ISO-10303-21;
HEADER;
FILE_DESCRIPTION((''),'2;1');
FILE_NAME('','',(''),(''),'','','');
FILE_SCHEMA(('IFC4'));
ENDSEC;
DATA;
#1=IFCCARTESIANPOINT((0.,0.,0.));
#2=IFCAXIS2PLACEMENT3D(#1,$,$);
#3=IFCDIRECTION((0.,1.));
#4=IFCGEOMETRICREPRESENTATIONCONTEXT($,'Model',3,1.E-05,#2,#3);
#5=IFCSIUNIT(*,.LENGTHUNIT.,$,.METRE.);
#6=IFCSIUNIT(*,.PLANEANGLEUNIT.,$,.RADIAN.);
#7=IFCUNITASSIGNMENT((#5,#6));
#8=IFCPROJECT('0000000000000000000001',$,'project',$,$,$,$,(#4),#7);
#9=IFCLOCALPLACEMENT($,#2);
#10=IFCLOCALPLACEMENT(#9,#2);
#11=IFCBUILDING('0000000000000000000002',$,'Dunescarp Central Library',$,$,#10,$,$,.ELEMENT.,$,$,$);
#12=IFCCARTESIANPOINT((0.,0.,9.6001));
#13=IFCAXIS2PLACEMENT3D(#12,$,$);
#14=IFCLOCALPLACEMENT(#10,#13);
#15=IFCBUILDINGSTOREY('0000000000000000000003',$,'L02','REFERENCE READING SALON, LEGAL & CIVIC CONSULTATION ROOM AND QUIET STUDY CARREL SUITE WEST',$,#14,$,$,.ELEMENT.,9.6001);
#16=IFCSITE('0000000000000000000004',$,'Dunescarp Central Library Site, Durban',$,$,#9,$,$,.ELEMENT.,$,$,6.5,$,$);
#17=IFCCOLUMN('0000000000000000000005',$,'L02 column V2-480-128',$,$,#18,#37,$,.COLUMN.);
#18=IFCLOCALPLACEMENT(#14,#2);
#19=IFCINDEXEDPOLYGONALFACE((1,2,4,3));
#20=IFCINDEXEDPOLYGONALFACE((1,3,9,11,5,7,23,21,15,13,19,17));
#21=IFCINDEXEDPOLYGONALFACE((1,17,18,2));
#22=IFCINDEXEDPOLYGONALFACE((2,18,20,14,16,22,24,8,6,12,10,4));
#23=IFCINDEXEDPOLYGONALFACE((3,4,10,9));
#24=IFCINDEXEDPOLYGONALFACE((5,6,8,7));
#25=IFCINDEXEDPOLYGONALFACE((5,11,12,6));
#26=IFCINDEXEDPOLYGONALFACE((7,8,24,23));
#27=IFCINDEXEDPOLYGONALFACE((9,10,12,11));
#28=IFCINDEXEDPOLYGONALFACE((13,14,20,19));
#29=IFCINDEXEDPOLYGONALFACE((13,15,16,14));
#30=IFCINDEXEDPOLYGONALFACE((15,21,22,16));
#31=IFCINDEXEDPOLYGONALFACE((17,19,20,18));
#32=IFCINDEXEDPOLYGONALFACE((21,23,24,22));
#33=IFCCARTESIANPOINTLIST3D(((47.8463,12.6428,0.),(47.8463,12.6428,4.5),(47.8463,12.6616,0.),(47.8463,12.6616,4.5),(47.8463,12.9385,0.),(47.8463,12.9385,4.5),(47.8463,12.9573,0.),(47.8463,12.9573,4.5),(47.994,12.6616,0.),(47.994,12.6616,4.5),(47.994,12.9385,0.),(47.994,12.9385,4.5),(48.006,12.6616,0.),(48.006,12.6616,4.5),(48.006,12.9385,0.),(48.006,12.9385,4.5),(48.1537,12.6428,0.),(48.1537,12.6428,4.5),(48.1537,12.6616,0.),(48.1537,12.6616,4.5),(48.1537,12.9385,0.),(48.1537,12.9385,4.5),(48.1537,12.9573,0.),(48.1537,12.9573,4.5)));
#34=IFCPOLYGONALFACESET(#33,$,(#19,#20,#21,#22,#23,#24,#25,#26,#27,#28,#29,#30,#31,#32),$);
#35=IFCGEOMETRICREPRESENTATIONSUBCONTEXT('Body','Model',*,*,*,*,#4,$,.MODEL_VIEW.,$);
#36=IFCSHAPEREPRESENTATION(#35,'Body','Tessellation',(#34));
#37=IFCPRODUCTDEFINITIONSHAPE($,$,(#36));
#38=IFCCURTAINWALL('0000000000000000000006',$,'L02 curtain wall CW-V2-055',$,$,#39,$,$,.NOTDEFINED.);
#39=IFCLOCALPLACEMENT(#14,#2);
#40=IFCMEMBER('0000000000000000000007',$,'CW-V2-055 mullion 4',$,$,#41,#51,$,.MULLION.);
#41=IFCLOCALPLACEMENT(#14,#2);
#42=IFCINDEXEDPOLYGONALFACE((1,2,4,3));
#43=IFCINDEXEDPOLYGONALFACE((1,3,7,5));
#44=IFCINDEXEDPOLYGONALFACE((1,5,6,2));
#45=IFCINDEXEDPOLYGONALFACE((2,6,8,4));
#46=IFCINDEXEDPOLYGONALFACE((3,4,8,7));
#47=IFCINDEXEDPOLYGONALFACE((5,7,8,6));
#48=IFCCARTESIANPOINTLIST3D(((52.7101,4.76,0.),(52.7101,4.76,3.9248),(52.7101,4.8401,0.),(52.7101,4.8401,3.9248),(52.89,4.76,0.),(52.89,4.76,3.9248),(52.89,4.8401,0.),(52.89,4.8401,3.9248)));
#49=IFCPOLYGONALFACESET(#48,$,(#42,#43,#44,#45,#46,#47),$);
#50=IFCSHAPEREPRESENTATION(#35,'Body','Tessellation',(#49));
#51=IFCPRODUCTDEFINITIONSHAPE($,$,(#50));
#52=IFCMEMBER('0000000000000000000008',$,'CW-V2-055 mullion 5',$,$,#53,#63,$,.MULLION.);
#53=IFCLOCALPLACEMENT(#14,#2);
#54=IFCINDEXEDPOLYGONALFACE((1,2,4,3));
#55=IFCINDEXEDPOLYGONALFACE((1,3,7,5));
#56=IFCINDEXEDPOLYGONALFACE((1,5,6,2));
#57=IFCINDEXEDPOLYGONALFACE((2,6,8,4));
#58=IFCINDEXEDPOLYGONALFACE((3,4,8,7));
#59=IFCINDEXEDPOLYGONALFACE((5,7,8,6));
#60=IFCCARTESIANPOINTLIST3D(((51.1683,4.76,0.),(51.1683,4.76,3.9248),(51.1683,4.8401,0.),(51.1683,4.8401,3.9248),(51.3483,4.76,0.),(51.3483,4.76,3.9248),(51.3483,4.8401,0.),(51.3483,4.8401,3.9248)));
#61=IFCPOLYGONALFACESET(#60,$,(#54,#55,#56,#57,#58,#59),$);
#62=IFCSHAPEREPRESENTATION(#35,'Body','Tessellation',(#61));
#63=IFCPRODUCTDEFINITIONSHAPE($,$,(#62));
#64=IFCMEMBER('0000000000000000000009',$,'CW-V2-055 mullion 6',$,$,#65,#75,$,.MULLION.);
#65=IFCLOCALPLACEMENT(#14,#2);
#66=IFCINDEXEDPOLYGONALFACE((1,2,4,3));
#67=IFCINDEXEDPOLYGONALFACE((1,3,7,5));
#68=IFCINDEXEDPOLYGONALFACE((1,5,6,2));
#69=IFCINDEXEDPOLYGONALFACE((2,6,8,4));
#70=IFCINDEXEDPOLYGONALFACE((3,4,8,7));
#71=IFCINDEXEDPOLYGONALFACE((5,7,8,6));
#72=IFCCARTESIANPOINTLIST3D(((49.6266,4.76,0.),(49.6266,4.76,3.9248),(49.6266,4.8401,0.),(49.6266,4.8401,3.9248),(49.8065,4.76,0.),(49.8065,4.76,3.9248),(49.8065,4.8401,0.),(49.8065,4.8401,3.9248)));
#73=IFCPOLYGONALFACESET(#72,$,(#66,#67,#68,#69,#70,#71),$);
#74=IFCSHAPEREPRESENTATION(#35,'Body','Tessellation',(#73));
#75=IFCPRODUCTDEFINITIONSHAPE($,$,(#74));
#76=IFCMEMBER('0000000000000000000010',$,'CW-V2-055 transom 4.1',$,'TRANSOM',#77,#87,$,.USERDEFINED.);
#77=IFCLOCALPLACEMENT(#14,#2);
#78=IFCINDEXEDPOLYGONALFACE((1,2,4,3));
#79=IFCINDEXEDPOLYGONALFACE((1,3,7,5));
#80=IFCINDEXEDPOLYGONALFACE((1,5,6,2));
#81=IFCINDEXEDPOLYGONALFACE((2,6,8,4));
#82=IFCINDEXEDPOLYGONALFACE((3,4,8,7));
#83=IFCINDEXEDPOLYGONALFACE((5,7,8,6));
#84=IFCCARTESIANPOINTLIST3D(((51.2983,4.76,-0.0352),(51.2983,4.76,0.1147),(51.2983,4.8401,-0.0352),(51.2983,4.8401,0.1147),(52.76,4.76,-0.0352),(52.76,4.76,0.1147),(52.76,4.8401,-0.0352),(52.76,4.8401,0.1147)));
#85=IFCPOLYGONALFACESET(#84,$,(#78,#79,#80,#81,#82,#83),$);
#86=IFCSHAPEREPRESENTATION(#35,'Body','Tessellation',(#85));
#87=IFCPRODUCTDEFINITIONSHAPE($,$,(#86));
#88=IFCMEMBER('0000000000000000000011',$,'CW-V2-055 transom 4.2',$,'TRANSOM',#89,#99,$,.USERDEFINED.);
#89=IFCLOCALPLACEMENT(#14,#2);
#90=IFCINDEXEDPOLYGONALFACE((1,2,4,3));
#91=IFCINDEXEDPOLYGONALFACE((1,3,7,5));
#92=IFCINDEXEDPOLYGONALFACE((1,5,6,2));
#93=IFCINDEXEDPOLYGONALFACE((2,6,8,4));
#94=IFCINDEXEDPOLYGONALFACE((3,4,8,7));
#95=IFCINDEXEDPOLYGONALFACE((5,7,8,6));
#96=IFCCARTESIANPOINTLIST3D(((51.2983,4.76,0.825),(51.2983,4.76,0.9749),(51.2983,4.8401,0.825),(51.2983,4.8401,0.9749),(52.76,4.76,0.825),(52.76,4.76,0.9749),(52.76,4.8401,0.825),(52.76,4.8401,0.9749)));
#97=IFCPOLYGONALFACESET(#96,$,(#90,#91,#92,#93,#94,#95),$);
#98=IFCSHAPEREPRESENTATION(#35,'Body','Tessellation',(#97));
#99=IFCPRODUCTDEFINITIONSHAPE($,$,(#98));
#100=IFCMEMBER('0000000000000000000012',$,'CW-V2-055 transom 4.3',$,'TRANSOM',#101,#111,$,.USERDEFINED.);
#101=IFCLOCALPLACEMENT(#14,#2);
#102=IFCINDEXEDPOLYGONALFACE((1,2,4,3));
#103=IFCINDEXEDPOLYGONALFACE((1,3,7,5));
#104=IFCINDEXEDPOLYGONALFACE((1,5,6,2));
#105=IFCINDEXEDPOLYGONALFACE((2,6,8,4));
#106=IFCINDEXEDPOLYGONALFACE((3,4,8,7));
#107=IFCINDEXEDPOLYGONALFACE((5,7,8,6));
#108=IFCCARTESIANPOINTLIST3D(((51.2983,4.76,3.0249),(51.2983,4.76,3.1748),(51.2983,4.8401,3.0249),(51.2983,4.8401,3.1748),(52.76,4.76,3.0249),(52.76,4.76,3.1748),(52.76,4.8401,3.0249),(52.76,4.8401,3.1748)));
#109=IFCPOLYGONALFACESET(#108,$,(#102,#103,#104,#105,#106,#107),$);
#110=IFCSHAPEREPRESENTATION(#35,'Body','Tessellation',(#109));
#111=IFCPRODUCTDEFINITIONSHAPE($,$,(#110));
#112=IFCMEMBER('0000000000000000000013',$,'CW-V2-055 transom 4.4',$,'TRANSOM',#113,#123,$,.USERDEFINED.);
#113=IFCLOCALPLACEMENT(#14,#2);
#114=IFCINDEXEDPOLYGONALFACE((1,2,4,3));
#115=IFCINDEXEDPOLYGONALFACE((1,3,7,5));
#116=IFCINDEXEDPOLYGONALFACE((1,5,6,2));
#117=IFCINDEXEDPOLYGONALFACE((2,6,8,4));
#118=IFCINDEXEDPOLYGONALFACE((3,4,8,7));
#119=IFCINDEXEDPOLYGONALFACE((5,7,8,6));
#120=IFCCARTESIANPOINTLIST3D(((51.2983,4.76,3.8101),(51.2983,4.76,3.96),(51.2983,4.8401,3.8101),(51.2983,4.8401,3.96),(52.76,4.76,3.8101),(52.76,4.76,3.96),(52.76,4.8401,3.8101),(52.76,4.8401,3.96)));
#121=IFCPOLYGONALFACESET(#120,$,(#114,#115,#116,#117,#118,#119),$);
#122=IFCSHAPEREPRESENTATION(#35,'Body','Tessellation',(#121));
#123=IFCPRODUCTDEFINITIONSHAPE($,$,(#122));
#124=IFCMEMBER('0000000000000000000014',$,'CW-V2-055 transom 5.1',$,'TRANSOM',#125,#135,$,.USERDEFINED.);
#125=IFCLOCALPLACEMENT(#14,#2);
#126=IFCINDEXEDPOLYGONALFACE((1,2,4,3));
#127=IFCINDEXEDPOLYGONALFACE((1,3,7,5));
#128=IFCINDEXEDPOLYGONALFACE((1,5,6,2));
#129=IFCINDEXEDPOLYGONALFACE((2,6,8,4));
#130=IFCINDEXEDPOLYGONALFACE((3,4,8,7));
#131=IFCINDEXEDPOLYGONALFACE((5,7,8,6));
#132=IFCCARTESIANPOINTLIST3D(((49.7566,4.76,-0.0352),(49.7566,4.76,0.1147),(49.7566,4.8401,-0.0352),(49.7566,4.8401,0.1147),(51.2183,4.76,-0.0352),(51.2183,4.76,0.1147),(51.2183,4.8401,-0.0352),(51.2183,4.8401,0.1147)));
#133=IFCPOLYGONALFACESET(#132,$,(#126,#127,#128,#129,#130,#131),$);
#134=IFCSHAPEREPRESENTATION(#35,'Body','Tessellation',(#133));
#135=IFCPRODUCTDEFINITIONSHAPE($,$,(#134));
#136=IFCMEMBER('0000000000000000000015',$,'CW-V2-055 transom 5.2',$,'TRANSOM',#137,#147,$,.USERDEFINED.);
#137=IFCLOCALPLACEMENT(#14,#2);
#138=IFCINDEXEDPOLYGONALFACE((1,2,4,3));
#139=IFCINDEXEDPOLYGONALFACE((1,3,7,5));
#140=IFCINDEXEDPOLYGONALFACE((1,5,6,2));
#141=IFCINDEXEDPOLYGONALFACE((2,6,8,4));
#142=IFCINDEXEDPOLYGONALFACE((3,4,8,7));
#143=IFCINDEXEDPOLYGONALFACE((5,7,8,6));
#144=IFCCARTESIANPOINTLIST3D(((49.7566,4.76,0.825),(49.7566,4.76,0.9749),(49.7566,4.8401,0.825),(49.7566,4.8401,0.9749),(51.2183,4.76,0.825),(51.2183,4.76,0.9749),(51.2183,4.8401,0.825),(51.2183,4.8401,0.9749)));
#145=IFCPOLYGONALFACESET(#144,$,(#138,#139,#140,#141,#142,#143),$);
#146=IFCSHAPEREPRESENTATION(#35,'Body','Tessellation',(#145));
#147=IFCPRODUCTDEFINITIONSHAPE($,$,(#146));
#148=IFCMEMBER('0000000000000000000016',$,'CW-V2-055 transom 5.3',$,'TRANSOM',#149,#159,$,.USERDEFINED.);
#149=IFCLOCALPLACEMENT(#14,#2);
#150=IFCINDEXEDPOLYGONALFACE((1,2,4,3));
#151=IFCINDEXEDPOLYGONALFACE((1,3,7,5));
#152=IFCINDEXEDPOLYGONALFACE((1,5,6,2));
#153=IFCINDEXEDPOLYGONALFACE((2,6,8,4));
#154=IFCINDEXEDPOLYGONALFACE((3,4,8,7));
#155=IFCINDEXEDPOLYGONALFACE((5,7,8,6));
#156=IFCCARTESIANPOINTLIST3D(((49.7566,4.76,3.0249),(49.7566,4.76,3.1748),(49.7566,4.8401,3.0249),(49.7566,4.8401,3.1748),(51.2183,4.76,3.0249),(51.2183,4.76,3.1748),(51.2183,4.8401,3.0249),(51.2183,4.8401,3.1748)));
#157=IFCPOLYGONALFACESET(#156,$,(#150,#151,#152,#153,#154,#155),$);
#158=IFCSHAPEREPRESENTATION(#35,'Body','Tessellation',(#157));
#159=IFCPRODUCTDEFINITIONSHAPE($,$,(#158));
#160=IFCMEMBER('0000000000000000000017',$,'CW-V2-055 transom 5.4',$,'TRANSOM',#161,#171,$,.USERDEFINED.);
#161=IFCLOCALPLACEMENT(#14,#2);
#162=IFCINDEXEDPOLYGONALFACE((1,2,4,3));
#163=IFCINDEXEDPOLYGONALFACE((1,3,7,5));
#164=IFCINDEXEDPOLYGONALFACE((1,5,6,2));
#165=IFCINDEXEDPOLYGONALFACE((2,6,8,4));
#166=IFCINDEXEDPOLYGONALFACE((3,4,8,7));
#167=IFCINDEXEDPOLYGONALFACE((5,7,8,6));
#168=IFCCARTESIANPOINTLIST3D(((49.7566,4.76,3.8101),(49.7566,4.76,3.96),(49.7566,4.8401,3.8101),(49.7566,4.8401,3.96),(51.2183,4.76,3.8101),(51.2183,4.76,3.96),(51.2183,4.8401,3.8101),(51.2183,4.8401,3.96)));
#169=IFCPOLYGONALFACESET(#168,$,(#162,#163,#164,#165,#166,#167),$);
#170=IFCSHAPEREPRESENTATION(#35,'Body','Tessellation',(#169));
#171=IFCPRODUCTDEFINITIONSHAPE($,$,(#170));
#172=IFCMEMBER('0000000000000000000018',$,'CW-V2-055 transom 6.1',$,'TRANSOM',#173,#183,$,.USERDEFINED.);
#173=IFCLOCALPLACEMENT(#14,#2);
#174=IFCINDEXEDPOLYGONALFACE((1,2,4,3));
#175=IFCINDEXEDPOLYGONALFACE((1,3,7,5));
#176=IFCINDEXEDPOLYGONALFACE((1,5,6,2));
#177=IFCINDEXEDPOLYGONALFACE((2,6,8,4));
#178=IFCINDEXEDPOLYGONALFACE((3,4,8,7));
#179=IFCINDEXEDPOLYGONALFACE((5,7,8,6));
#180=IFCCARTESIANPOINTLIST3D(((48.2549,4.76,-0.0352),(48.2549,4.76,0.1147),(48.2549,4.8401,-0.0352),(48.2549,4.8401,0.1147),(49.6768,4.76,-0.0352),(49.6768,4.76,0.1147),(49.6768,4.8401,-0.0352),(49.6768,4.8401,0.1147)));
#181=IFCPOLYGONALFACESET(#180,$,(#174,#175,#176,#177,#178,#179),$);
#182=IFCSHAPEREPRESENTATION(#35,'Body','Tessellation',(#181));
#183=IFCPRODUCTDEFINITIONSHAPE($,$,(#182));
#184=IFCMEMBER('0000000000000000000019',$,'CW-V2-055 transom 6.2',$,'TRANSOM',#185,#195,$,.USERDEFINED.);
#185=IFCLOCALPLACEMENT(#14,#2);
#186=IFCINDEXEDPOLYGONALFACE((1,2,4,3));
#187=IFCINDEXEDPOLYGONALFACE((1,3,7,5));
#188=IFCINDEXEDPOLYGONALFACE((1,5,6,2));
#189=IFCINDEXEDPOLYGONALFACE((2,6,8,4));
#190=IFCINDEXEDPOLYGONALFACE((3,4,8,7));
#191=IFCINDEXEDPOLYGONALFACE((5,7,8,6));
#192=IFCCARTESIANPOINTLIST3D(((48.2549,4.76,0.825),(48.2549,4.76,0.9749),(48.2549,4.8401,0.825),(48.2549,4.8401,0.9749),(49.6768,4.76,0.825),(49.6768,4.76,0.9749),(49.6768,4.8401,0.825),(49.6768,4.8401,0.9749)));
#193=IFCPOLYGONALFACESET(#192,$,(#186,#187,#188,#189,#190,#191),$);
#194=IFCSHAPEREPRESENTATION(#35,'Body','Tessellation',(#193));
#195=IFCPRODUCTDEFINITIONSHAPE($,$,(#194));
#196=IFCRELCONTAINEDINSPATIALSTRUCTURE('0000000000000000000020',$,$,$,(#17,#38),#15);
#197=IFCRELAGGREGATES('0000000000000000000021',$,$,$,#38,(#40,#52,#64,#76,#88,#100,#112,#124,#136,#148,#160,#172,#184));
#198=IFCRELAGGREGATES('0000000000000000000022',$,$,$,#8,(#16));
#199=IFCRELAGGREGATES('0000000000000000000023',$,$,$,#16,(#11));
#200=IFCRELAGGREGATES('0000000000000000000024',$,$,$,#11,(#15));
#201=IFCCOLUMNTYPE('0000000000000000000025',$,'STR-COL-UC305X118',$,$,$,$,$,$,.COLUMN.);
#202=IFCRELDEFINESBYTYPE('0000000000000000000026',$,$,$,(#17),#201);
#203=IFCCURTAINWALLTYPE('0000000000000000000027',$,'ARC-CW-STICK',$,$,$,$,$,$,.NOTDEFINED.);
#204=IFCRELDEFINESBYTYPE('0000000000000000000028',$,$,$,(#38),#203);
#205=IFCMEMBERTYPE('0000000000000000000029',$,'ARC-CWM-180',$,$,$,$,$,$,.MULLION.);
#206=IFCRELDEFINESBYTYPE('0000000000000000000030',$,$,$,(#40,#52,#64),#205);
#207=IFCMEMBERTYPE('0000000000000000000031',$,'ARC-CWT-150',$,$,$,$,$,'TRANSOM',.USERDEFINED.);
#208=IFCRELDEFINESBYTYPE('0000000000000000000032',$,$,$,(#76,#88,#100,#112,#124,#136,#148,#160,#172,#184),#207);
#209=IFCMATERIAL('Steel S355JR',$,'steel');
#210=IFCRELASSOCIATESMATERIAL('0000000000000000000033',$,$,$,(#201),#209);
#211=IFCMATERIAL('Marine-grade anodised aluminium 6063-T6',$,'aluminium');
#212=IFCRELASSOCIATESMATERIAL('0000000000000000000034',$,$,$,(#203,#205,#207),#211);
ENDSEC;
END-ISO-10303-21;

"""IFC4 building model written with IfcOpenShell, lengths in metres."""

from ifc_helpers import new_model, si_unit, direction, frame, origin, origin_2d, place, context, subcontext, project, spatial, rectangle, i_section, extrude, material, material_profile, profile_set, type_object, element, aggregate, save


model = new_model("IFC4")

# Units and contexts
model_context = context("Model", 3, precision=1e-05, world=origin(), true_north=direction((0.0, 1.0)))
body_context = subcontext(model_context, "Body", "Model", "MODEL_VIEW")
ifc_project = project(units=[si_unit("LENGTHUNIT", "METRE"), si_unit("PLANEANGLEUNIT", "RADIAN")], contexts=[model_context])

# Site, building, storey
site_placement = place(None, origin())
site = spatial("IfcSite", under=ifc_project, at=site_placement, Name="Dunescarp Central Library Site, Durban", CompositionType="ELEMENT", RefElevation=6.5)
building_placement = place(site_placement, origin())
building = spatial("IfcBuilding", under=site, at=building_placement, Name="Dunescarp Central Library", CompositionType="ELEMENT")
storey_placement = place(building_placement, frame((0.0, 0.0, 9.6001)))
storey = spatial("IfcBuildingStorey", under=building, at=storey_placement, Name="L02", Description="REFERENCE READING SALON, LEGAL & CIVIC CONSULTATION ROOM AND QUIET STUDY CARREL SUITE WEST", CompositionType="ELEMENT", Elevation=9.6001)

# Column
ifc_material_1 = material(Name="Steel S355JR", Category="steel")
ifc_material_profile_1 = material_profile(ifc_material_1, i_section(OverallWidth=0.3074, OverallDepth=0.3145, WebThickness=0.012, FlangeThickness=0.0188, at=origin_2d()), Name="UC 305x305x118")
ifc_profile_set_1 = profile_set([ifc_material_profile_1], Name="Steel S355JR")
column_type = type_object("IfcColumnType", Name="STR-COL-UC305X118", PredefinedType="COLUMN", material=ifc_profile_set_1)
column_placement = place(storey_placement, frame((48.0, 12.8, 0.0), z_axis=(0.0, 0.0, 1.0), x_axis=(1.0, 0.0, 0.0)))
element("IfcColumn", 1, at=column_placement, inside=storey, type_object=column_type, Name="L02 column V2-480-128", PredefinedType="COLUMN", context=body_context, shape_type="SweptSolid", body=[
    extrude(i_section(OverallWidth=0.3074, OverallDepth=0.3145, WebThickness=0.012, FlangeThickness=0.0188, at=origin_2d()), origin(), (0.0, 0.0, 1.0), 4.5),
])

# Curtain wall, members
ifc_material_2 = material(Name="Marine-grade anodised aluminium 6063-T6", Category="aluminium")
curtain_wall_type = type_object("IfcCurtainWallType", Name="ARC-CW-STICK", PredefinedType="NOTDEFINED", material=ifc_material_2)
curtain_wall_placement = place(storey_placement, origin())
curtain_wall = element("IfcCurtainWall", 2, at=curtain_wall_placement, inside=storey, type_object=curtain_wall_type, Name="L02 curtain wall CW-V2-055", PredefinedType="NOTDEFINED")
ifc_material_profile_2 = material_profile(ifc_material_2, rectangle(XDim=0.0801, YDim=0.1799, at=origin_2d()), Name="AL 80x180")
ifc_profile_set_2 = profile_set([ifc_material_profile_2], Name="Marine-grade anodised aluminium 6063-T6")
member_type_1 = type_object("IfcMemberType", Name="ARC-CWM-180", PredefinedType="MULLION", material=ifc_profile_set_2)
member_1_placement = place(storey_placement, frame((52.8, 4.8, 0.0), z_axis=(0.0, 0.0, 1.0), x_axis=(0.0, -1.0, 0.0)))
member_1 = element("IfcMember", 3, at=member_1_placement, type_object=member_type_1, Name="CW-V2-055 mullion 4", PredefinedType="MULLION", context=body_context, shape_type="SweptSolid", body=[
    extrude(rectangle(XDim=0.0801, YDim=0.1799, at=origin_2d()), origin(), (0.0, 0.0, 1.0), 3.9248),
])
member_2_placement = place(storey_placement, frame((51.2583, 4.8, 0.0), z_axis=(0.0, 0.0, 1.0), x_axis=(0.0, -1.0, 0.0)))
member_2 = element("IfcMember", 4, at=member_2_placement, type_object=member_type_1, Name="CW-V2-055 mullion 5", PredefinedType="MULLION", context=body_context, shape_type="SweptSolid", body=[
    extrude(rectangle(XDim=0.0801, YDim=0.1799, at=origin_2d()), origin(), (0.0, 0.0, 1.0), 3.9248),
])
member_3_placement = place(storey_placement, frame((49.7166, 4.8, 0.0), z_axis=(0.0, 0.0, 1.0), x_axis=(0.0, -1.0, 0.0)))
member_3 = element("IfcMember", 5, at=member_3_placement, type_object=member_type_1, Name="CW-V2-055 mullion 6", PredefinedType="MULLION", context=body_context, shape_type="SweptSolid", body=[
    extrude(rectangle(XDim=0.0801, YDim=0.1799, at=origin_2d()), origin(), (0.0, 0.0, 1.0), 3.9248),
])
ifc_material_profile_3 = material_profile(ifc_material_2, rectangle(XDim=0.0801, YDim=0.1499, at=origin_2d()), Name="AL 80x150")
ifc_profile_set_3 = profile_set([ifc_material_profile_3], Name="Marine-grade anodised aluminium 6063-T6")
member_type_2 = type_object("IfcMemberType", Name="ARC-CWT-150", ElementType="TRANSOM", PredefinedType="USERDEFINED", material=ifc_profile_set_3)
member_4_placement = place(storey_placement, frame((52.76, 4.8, 0.0398), z_axis=(-1.0, 0.0, 0.0), x_axis=(0.0, -1.0, 0.0)))
member_4 = element("IfcMember", 6, at=member_4_placement, type_object=member_type_2, Name="CW-V2-055 transom 4.1", ObjectType="TRANSOM", PredefinedType="USERDEFINED", context=body_context, shape_type="SweptSolid", body=[
    extrude(rectangle(XDim=0.0801, YDim=0.1499, at=origin_2d()), origin(), (0.0, 0.0, 1.0), 1.4617),
])
member_5_placement = place(storey_placement, frame((52.76, 4.8, 0.8999), z_axis=(-1.0, 0.0, 0.0), x_axis=(0.0, -1.0, 0.0)))
member_5 = element("IfcMember", 7, at=member_5_placement, type_object=member_type_2, Name="CW-V2-055 transom 4.2", ObjectType="TRANSOM", PredefinedType="USERDEFINED", context=body_context, shape_type="SweptSolid", body=[
    extrude(rectangle(XDim=0.0801, YDim=0.1499, at=origin_2d()), origin(), (0.0, 0.0, 1.0), 1.4617),
])
member_6_placement = place(storey_placement, frame((52.76, 4.8, 3.0999), z_axis=(-1.0, 0.0, 0.0), x_axis=(0.0, -1.0, 0.0)))
member_6 = element("IfcMember", 8, at=member_6_placement, type_object=member_type_2, Name="CW-V2-055 transom 4.3", ObjectType="TRANSOM", PredefinedType="USERDEFINED", context=body_context, shape_type="SweptSolid", body=[
    extrude(rectangle(XDim=0.0801, YDim=0.1499, at=origin_2d()), origin(), (0.0, 0.0, 1.0), 1.4617),
])
member_7_placement = place(storey_placement, frame((52.76, 4.8, 3.885), z_axis=(-1.0, 0.0, 0.0), x_axis=(0.0, -1.0, 0.0)))
member_7 = element("IfcMember", 9, at=member_7_placement, type_object=member_type_2, Name="CW-V2-055 transom 4.4", ObjectType="TRANSOM", PredefinedType="USERDEFINED", context=body_context, shape_type="SweptSolid", body=[
    extrude(rectangle(XDim=0.0801, YDim=0.1499, at=origin_2d()), origin(), (0.0, 0.0, 1.0), 1.4617),
])
member_8_placement = place(storey_placement, frame((51.2183, 4.8, 0.0398), z_axis=(-1.0, 0.0, 0.0), x_axis=(0.0, -1.0, 0.0)))
member_8 = element("IfcMember", 10, at=member_8_placement, type_object=member_type_2, Name="CW-V2-055 transom 5.1", ObjectType="TRANSOM", PredefinedType="USERDEFINED", context=body_context, shape_type="SweptSolid", body=[
    extrude(rectangle(XDim=0.0801, YDim=0.1499, at=origin_2d()), origin(), (0.0, 0.0, 1.0), 1.4617),
])
member_9_placement = place(storey_placement, frame((51.2183, 4.8, 0.8999), z_axis=(-1.0, 0.0, 0.0), x_axis=(0.0, -1.0, 0.0)))
member_9 = element("IfcMember", 11, at=member_9_placement, type_object=member_type_2, Name="CW-V2-055 transom 5.2", ObjectType="TRANSOM", PredefinedType="USERDEFINED", context=body_context, shape_type="SweptSolid", body=[
    extrude(rectangle(XDim=0.0801, YDim=0.1499, at=origin_2d()), origin(), (0.0, 0.0, 1.0), 1.4617),
])
member_10_placement = place(storey_placement, frame((51.2183, 4.8, 3.0999), z_axis=(-1.0, 0.0, 0.0), x_axis=(0.0, -1.0, 0.0)))
member_10 = element("IfcMember", 12, at=member_10_placement, type_object=member_type_2, Name="CW-V2-055 transom 5.3", ObjectType="TRANSOM", PredefinedType="USERDEFINED", context=body_context, shape_type="SweptSolid", body=[
    extrude(rectangle(XDim=0.0801, YDim=0.1499, at=origin_2d()), origin(), (0.0, 0.0, 1.0), 1.4617),
])
member_11_placement = place(storey_placement, frame((51.2183, 4.8, 3.885), z_axis=(-1.0, 0.0, 0.0), x_axis=(0.0, -1.0, 0.0)))
member_11 = element("IfcMember", 13, at=member_11_placement, type_object=member_type_2, Name="CW-V2-055 transom 5.4", ObjectType="TRANSOM", PredefinedType="USERDEFINED", context=body_context, shape_type="SweptSolid", body=[
    extrude(rectangle(XDim=0.0801, YDim=0.1499, at=origin_2d()), origin(), (0.0, 0.0, 1.0), 1.4617),
])
member_12_placement = place(storey_placement, frame((49.6768, 4.8, 0.0398), z_axis=(-1.0, 0.0, 0.0), x_axis=(0.0, -1.0, 0.0)))
member_12 = element("IfcMember", 14, at=member_12_placement, type_object=member_type_2, Name="CW-V2-055 transom 6.1", ObjectType="TRANSOM", PredefinedType="USERDEFINED", context=body_context, shape_type="SweptSolid", body=[
    extrude(rectangle(XDim=0.0801, YDim=0.1499, at=origin_2d()), origin(), (0.0, 0.0, 1.0), 1.4219),
])
member_13_placement = place(storey_placement, frame((49.6768, 4.8, 0.8999), z_axis=(-1.0, 0.0, 0.0), x_axis=(0.0, -1.0, 0.0)))
member_13 = element("IfcMember", 15, at=member_13_placement, type_object=member_type_2, Name="CW-V2-055 transom 6.2", ObjectType="TRANSOM", PredefinedType="USERDEFINED", context=body_context, shape_type="SweptSolid", body=[
    extrude(rectangle(XDim=0.0801, YDim=0.1499, at=origin_2d()), origin(), (0.0, 0.0, 1.0), 1.4219),
])

aggregate(curtain_wall, [member_1, member_2, member_3, member_4, member_5, member_6, member_7, member_8, member_9, member_10, member_11, member_12, member_13])

save(model, "model.ifc")
